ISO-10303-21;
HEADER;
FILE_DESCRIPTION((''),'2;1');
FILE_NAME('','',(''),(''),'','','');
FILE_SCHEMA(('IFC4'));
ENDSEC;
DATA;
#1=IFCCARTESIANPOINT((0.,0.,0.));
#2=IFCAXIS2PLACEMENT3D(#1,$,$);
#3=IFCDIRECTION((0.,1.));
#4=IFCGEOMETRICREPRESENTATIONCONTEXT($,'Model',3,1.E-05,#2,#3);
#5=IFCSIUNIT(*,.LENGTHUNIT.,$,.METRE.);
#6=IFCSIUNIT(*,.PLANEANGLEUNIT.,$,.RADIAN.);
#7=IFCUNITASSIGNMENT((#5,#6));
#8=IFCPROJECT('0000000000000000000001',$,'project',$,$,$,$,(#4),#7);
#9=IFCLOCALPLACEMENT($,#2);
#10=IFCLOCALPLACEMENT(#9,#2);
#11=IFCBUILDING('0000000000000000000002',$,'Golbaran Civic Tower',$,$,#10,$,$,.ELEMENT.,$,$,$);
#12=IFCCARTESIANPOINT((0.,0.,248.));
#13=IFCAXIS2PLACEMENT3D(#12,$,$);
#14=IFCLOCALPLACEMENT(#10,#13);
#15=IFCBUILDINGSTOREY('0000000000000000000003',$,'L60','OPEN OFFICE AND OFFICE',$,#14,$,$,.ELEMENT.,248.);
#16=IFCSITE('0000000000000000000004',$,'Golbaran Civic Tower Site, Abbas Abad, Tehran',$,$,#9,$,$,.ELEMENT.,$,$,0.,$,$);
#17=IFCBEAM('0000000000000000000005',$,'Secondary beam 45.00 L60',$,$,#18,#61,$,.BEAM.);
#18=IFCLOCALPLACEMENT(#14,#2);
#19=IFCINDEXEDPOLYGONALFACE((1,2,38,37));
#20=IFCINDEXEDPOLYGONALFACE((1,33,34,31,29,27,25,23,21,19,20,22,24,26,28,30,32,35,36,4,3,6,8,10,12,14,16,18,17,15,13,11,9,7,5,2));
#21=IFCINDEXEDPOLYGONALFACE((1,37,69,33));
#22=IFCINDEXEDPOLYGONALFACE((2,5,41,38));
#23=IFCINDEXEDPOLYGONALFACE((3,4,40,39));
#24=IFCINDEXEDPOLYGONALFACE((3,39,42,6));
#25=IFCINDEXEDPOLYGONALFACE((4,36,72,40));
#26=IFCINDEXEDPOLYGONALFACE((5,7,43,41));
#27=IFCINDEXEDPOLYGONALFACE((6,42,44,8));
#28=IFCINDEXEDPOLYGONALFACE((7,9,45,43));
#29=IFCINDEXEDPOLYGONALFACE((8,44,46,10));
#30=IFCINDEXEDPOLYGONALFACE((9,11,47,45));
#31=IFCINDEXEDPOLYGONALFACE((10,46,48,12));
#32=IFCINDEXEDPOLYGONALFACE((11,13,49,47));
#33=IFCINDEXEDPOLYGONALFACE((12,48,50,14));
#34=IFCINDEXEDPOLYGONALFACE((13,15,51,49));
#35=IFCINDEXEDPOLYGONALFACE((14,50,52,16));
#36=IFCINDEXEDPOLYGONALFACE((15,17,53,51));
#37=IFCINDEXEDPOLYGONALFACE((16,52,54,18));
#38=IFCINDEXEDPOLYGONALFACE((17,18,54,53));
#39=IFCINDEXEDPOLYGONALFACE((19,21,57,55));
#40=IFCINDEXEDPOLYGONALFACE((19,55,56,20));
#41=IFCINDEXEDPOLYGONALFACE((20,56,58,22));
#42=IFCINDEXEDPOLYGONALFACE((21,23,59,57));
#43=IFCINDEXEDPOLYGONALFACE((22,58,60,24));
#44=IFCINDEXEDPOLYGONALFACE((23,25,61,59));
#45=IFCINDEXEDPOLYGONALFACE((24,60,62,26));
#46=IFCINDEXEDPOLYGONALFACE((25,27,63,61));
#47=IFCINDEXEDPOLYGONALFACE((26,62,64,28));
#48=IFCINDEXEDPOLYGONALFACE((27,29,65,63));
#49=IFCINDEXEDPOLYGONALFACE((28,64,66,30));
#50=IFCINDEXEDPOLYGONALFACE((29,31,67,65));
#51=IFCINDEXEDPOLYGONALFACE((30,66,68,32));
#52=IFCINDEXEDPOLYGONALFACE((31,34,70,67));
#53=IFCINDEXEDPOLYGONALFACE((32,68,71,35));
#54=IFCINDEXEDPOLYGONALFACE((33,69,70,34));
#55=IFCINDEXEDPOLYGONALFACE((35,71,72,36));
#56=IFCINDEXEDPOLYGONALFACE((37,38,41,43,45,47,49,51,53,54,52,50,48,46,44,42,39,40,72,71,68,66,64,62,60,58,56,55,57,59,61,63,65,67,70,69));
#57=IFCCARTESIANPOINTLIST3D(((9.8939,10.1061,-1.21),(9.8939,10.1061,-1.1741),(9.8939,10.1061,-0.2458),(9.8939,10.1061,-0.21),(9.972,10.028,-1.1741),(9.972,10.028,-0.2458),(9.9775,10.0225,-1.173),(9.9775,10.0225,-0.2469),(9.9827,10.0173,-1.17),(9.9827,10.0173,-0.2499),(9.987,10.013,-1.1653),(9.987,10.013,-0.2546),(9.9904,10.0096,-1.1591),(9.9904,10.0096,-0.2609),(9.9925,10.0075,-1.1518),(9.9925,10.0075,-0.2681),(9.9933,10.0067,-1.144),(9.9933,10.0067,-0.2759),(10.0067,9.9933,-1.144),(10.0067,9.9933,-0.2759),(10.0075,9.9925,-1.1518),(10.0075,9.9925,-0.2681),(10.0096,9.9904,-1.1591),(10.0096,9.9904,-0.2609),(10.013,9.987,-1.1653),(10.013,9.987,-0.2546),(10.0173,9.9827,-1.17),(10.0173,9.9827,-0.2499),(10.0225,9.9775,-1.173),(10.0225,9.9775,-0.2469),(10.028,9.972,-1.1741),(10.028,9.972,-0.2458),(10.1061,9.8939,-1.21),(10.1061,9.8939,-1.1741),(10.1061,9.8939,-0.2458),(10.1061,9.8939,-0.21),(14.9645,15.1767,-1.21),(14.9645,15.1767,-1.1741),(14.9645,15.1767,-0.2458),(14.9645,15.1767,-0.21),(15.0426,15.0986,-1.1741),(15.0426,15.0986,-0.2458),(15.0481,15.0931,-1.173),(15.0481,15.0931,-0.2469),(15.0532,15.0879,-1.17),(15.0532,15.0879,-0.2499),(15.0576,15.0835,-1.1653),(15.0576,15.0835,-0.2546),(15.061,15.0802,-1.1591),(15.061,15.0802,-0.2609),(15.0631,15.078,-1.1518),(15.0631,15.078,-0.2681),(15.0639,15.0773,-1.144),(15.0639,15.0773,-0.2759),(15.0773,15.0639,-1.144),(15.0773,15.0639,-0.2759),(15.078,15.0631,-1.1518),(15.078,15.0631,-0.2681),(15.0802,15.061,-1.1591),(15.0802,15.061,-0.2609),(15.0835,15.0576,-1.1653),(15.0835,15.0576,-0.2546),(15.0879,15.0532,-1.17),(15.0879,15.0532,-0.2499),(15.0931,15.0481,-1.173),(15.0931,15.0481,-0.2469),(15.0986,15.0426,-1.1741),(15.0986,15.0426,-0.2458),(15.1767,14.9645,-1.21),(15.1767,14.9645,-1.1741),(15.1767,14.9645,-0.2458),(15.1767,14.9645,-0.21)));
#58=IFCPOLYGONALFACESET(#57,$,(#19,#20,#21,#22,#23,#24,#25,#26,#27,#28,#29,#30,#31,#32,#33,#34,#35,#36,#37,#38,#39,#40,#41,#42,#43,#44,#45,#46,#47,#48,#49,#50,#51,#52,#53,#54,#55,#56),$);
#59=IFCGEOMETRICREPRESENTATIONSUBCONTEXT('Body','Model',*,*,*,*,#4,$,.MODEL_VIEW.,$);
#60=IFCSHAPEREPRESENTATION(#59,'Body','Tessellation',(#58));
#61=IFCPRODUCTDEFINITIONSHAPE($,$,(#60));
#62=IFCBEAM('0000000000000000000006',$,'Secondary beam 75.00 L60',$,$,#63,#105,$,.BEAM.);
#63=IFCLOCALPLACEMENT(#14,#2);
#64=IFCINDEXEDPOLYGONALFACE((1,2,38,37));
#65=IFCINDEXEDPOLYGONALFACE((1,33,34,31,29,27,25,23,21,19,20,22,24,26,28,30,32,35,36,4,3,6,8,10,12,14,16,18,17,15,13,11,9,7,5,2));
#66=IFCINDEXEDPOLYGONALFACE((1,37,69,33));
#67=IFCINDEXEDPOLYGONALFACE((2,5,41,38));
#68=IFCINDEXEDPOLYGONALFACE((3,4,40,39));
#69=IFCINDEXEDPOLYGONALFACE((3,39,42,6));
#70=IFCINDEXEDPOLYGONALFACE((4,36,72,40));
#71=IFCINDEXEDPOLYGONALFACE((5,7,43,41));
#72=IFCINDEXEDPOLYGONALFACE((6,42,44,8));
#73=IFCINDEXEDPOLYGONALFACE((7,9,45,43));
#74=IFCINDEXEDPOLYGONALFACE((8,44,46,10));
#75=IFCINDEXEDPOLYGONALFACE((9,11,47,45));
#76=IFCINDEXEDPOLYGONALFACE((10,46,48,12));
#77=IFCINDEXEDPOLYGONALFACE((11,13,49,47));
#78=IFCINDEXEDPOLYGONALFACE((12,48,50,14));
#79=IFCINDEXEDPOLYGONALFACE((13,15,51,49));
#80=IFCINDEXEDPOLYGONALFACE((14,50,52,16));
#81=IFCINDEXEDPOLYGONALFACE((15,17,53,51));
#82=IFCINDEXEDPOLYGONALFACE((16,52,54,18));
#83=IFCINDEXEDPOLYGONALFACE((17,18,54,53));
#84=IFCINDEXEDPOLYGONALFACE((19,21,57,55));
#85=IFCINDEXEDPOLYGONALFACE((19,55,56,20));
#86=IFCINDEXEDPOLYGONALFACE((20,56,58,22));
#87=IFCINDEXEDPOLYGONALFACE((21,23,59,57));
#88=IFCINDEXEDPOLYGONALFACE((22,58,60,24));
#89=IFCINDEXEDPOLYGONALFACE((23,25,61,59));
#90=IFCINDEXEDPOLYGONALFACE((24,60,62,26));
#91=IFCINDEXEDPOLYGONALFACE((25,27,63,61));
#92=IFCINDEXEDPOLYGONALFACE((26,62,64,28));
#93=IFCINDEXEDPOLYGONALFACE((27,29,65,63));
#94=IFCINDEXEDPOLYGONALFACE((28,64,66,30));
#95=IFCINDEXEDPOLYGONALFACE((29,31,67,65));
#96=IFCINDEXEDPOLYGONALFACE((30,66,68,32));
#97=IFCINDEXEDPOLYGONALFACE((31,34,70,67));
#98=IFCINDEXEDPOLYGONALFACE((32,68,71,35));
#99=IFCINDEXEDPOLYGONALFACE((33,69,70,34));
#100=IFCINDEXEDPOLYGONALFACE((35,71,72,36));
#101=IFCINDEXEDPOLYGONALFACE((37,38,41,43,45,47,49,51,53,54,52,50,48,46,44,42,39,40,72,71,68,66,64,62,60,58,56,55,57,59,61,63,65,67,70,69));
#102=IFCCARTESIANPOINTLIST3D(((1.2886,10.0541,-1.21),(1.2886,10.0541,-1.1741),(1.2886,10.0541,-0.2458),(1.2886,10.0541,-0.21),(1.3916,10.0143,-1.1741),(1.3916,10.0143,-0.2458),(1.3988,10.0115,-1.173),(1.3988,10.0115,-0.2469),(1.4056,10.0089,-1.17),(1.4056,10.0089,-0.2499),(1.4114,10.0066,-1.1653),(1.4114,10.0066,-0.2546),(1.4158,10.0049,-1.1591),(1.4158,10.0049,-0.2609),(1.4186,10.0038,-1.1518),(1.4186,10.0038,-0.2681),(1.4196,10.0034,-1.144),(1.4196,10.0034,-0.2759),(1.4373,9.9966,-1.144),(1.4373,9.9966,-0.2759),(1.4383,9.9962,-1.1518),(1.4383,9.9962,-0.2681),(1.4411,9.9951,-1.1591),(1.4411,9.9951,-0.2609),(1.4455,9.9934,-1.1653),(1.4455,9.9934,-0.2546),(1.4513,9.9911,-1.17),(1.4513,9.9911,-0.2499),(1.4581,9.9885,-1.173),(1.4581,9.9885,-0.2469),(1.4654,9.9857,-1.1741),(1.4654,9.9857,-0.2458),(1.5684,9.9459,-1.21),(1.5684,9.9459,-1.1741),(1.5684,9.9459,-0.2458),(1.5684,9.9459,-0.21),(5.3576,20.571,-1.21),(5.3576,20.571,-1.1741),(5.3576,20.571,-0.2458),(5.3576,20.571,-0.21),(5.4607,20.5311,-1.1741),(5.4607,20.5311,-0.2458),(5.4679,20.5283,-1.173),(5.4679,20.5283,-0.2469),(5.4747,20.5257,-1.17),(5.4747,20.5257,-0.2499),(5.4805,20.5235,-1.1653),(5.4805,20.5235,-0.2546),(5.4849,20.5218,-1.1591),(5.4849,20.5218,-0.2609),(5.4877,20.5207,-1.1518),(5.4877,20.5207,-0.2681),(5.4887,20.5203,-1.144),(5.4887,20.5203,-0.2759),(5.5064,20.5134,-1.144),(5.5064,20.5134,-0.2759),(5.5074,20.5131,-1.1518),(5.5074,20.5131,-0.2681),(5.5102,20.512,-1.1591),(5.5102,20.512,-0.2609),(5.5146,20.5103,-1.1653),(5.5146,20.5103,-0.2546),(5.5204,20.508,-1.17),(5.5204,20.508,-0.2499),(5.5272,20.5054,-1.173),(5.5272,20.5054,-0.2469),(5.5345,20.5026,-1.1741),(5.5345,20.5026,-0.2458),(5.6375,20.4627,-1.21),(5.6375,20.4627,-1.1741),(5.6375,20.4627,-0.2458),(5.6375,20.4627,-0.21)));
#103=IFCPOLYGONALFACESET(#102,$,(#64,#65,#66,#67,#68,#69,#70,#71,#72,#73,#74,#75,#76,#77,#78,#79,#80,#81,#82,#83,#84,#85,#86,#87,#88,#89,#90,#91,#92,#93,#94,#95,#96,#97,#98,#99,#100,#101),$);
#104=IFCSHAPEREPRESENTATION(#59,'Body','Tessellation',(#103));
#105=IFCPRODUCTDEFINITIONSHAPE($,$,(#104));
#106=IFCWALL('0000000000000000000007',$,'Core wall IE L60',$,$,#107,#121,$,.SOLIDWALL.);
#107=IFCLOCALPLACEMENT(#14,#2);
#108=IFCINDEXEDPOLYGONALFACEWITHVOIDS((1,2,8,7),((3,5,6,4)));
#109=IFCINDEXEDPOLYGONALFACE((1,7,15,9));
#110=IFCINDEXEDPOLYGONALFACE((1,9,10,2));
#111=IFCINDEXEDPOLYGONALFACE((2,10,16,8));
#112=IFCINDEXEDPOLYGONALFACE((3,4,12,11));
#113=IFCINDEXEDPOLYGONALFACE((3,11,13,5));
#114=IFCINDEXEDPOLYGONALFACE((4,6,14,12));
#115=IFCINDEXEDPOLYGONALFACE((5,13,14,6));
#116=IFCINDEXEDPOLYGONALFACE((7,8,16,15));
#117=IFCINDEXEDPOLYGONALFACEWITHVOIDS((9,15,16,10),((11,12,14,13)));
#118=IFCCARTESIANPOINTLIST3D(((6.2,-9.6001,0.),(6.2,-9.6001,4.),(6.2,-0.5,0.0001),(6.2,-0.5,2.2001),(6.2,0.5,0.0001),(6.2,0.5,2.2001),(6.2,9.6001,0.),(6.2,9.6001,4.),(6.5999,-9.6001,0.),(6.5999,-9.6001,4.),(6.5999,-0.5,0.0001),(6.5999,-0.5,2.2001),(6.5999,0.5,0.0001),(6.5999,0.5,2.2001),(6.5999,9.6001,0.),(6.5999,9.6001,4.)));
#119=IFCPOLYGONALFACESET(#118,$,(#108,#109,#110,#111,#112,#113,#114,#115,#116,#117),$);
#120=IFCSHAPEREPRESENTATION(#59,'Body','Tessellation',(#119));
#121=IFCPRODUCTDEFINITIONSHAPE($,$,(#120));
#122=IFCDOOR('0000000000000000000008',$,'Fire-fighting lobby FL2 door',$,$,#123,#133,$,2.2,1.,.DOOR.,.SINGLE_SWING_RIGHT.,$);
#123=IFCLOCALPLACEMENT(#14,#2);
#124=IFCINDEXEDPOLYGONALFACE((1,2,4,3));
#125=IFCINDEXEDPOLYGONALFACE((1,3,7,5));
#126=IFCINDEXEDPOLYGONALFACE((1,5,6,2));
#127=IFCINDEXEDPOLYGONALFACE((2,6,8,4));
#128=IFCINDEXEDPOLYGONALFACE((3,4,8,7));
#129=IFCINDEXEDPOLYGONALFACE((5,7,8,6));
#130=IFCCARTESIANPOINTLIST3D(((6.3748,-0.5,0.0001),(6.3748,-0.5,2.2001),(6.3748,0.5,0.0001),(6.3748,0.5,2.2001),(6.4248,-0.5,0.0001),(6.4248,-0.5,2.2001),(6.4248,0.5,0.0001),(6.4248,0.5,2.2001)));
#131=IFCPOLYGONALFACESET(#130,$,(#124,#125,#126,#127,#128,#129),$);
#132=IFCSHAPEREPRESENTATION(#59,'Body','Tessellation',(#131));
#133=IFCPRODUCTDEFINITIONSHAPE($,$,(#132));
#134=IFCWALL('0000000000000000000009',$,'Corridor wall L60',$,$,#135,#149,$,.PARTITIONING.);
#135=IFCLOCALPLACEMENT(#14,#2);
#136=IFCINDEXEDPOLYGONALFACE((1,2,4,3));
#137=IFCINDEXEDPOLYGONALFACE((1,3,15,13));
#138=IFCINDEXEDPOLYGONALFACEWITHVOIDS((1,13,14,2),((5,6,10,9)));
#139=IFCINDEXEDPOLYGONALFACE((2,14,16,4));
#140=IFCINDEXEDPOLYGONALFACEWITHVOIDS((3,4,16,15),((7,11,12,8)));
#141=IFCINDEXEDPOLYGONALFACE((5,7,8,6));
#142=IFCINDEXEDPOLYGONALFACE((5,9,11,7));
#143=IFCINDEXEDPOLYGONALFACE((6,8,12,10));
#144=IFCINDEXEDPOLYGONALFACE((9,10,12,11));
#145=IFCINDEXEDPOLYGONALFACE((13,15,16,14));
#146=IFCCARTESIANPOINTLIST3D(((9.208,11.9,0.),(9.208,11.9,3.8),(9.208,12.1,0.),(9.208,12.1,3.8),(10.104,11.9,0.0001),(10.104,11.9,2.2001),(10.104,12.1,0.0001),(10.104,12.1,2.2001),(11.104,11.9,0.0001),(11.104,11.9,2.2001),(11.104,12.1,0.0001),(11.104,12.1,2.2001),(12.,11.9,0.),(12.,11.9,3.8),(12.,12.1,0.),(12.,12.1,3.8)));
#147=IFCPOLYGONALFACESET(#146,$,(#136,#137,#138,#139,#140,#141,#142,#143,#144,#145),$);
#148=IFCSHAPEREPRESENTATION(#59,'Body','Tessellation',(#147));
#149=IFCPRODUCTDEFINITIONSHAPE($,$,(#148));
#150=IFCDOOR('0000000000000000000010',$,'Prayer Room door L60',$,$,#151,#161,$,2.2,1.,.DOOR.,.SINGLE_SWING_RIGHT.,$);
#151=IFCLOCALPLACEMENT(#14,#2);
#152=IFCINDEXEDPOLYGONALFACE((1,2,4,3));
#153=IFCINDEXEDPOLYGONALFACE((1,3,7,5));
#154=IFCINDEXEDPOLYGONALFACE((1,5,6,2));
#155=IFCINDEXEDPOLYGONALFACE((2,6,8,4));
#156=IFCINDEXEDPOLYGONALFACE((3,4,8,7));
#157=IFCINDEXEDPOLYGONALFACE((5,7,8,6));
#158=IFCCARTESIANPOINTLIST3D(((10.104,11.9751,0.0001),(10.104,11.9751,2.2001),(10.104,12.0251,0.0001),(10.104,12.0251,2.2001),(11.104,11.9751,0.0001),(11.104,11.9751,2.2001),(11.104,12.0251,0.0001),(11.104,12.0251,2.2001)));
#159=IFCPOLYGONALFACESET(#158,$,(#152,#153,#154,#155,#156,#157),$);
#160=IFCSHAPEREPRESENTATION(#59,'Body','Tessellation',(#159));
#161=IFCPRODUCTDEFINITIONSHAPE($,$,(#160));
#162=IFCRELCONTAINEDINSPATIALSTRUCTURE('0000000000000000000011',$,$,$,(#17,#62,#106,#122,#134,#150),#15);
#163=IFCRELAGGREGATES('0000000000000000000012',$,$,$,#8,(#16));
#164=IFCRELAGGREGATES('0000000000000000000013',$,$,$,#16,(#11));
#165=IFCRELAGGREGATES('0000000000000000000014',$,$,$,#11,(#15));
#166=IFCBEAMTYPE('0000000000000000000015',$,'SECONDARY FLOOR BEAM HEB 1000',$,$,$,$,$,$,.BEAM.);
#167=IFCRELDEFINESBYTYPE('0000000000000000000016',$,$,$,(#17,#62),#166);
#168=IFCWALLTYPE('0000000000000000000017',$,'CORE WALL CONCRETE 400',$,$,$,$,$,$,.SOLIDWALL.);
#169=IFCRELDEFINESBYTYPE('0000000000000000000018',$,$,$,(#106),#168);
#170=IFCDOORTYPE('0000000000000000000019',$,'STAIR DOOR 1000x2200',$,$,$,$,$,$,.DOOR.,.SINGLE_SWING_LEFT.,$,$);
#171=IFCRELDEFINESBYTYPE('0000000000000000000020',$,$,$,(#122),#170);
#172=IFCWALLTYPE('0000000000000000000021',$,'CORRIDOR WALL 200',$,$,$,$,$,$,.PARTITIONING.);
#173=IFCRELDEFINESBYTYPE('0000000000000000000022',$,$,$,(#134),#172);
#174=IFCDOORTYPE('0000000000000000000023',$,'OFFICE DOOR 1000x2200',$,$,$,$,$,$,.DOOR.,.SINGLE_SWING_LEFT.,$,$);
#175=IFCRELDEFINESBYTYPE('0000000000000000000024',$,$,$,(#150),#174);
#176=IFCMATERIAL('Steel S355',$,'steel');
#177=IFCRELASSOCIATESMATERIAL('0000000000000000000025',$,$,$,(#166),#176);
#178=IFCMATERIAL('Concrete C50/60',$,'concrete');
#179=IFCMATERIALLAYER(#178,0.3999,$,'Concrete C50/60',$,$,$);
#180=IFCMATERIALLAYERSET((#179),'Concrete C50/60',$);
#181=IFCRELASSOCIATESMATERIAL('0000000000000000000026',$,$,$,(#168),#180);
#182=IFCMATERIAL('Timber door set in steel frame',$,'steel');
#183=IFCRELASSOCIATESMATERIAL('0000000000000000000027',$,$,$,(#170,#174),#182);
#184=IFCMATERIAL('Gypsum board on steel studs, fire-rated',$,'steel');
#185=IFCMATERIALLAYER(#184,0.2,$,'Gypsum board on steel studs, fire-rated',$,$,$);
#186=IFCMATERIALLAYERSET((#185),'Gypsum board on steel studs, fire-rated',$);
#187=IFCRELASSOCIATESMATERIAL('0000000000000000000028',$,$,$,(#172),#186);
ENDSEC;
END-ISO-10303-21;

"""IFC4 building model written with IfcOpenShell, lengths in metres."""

from ifc_helpers import new_model, si_unit, direction, frame, frame_2d, origin, origin_2d, place, context, subcontext, project, spatial, rectangle, i_section, extrude, material, layer, layer_set, material_profile, profile_set, type_object, element, fill, save


model = new_model("IFC4")

# Units and contexts
model_context = context("Model", 3, precision=1e-05, world=origin(), true_north=direction((0.0, 1.0)))
body_context = subcontext(model_context, "Body", "Model", "MODEL_VIEW")
ifc_project = project(units=[si_unit("LENGTHUNIT", "METRE"), si_unit("PLANEANGLEUNIT", "RADIAN")], contexts=[model_context])

# Site, building, storey
site_placement = place(None, origin())
site = spatial("IfcSite", under=ifc_project, at=site_placement, Name="Golbaran Civic Tower Site, Abbas Abad, Tehran", CompositionType="ELEMENT", RefElevation=0.0)
building_placement = place(site_placement, origin())
building = spatial("IfcBuilding", under=site, at=building_placement, Name="Golbaran Civic Tower", CompositionType="ELEMENT")
storey_placement = place(building_placement, frame((0.0, 0.0, 248.0)))
storey = spatial("IfcBuildingStorey", under=building, at=storey_placement, Name="L60", Description="OPEN OFFICE AND OFFICE", CompositionType="ELEMENT", Elevation=248.0)

# Beams
ifc_material_1 = material(Name="Steel S355", Category="steel")
ifc_material_profile_1 = material_profile(ifc_material_1, i_section(OverallWidth=0.3, OverallDepth=1.0, WebThickness=0.019, FlangeThickness=0.0359, FilletRadius=0.03, at=origin_2d()), Name="HEB 1000")
ifc_profile_set_1 = profile_set([ifc_material_profile_1], Name="Steel S355")
beam_type_1 = type_object("IfcBeamType", Name="SECONDARY FLOOR BEAM HEB 1000", PredefinedType="BEAM", material=ifc_profile_set_1)
beam_1_placement = place(storey_placement, frame((10.0, 10.0, -0.71), z_axis=(0.707107, 0.707107, 0.0), x_axis=(-0.707107, 0.707107, 0.0)))
element("IfcBeam", 1, at=beam_1_placement, inside=storey, type_object=beam_type_1, Name="Secondary beam 45.00 L60", PredefinedType="BEAM", context=body_context, shape_type="SweptSolid", body=[
    extrude(i_section(OverallWidth=0.3, OverallDepth=1.0, WebThickness=0.019, FlangeThickness=0.0359, FilletRadius=0.03, at=origin_2d()), origin(), (0.0, 0.0, 1.0), 7.1709),
])
beam_2_placement = place(storey_placement, frame((1.4285, 10.0, -0.71), z_axis=(0.360844, 0.932626, 0.0), x_axis=(-0.932626, 0.360844, 0.0)))
element("IfcBeam", 2, at=beam_2_placement, inside=storey, type_object=beam_type_1, Name="Secondary beam 75.00 L60", PredefinedType="BEAM", context=body_context, shape_type="SweptSolid", body=[
    extrude(i_section(OverallWidth=0.3, OverallDepth=1.0, WebThickness=0.019, FlangeThickness=0.0359, FilletRadius=0.03, at=origin_2d()), origin(), (0.0, 0.0, 1.0), 11.2766),
])

# Walls, openings, doors
ifc_material_2 = material(Name="Concrete C50/60", Category="concrete")
ifc_layer_1 = layer(ifc_material_2, 0.3999, Name="Concrete C50/60")
ifc_layer_set_1 = layer_set([ifc_layer_1], Name="Concrete C50/60")
wall_type_1 = type_object("IfcWallType", Name="CORE WALL CONCRETE 400", PredefinedType="SOLIDWALL", material=ifc_layer_set_1)
wall_1_placement = place(storey_placement, frame((6.3999, 9.6001, 0.0), z_axis=(0.0, 0.0, 1.0), x_axis=(0.0, -1.0, 0.0)))
wall_1 = element("IfcWall", 3, at=wall_1_placement, inside=storey, type_object=wall_type_1, Name="Core wall IE L60", PredefinedType="SOLIDWALL", context=body_context, shape_type="SweptSolid", body=[
    extrude(rectangle(XDim=19.2002, YDim=0.3999, at=frame_2d((9.6001, 0.0))), origin(), (0.0, 0.0, 1.0), 4.0),
])
opening_1_placement = place(wall_1_placement, frame((9.1001, 0.0, 0.0)))
opening_1 = element("IfcOpeningElement", 4, at=opening_1_placement, cuts=wall_1, PredefinedType="OPENING", context=body_context, shape_type="SweptSolid", body=[
    extrude(rectangle(XDim=1.0, YDim=2.2, at=frame_2d((0.5, 1.1001))), frame((0.0, 0.21, 0.0), z_axis=(0.0, -1.0, 0.0), x_axis=(1.0, 0.0, 0.0)), (0.0, 0.0, 1.0), 0.4199),
])
ifc_material_3 = material(Name="Timber door set in steel frame", Category="steel")
door_type_1 = type_object("IfcDoorType", Name="STAIR DOOR 1000x2200", OperationType="SINGLE_SWING_LEFT", PredefinedType="DOOR", material=ifc_material_3)
door_1_placement = place(opening_1_placement, origin())
door_1 = element("IfcDoor", 5, at=door_1_placement, inside=storey, type_object=door_type_1, Name="Fire-fighting lobby FL2 door", OperationType="SINGLE_SWING_RIGHT", OverallHeight=2.2, OverallWidth=1.0, PredefinedType="DOOR", context=body_context, shape_type="SweptSolid", body=[
    extrude(rectangle(XDim=1.0, YDim=2.2, at=frame_2d((0.5, 1.1001))), frame((0.0, 0.0249, 0.0), z_axis=(0.0, -1.0, 0.0), x_axis=(1.0, 0.0, 0.0)), (0.0, 0.0, 1.0), 0.05),
])
fill(opening_1, door_1)
ifc_material_4 = material(Name="Gypsum board on steel studs, fire-rated", Category="steel")
ifc_layer_2 = layer(ifc_material_4, 0.2, Name="Gypsum board on steel studs, fire-rated")
ifc_layer_set_2 = layer_set([ifc_layer_2], Name="Gypsum board on steel studs, fire-rated")
wall_type_2 = type_object("IfcWallType", Name="CORRIDOR WALL 200", PredefinedType="PARTITIONING", material=ifc_layer_set_2)
wall_2_placement = place(storey_placement, frame((12.0, 12.0, 0.0), z_axis=(0.0, 0.0, 1.0), x_axis=(-1.0, 0.0, 0.0)))
wall_2 = element("IfcWall", 6, at=wall_2_placement, inside=storey, type_object=wall_type_2, Name="Corridor wall L60", PredefinedType="PARTITIONING", context=body_context, shape_type="SweptSolid", body=[
    extrude(rectangle(XDim=2.792, YDim=0.2, at=frame_2d((1.396, 0.0))), origin(), (0.0, 0.0, 1.0), 3.8),
])
opening_2_placement = place(wall_2_placement, frame((0.896, 0.0, 0.0)))
opening_2 = element("IfcOpeningElement", 7, at=opening_2_placement, cuts=wall_2, PredefinedType="OPENING", context=body_context, shape_type="SweptSolid", body=[
    extrude(rectangle(XDim=1.0, YDim=2.2, at=frame_2d((0.5, 1.1001))), frame((0.0, 0.1099, 0.0), z_axis=(0.0, -1.0, 0.0), x_axis=(1.0, 0.0, 0.0)), (0.0, 0.0, 1.0), 0.22),
])
door_type_2 = type_object("IfcDoorType", Name="OFFICE DOOR 1000x2200", OperationType="SINGLE_SWING_LEFT", PredefinedType="DOOR", material=ifc_material_3)
door_2_placement = place(opening_2_placement, origin())
door_2 = element("IfcDoor", 8, at=door_2_placement, inside=storey, type_object=door_type_2, Name="Prayer Room door L60", OperationType="SINGLE_SWING_RIGHT", OverallHeight=2.2, OverallWidth=1.0, PredefinedType="DOOR", context=body_context, shape_type="SweptSolid", body=[
    extrude(rectangle(XDim=1.0, YDim=2.2, at=frame_2d((0.5, 1.1001))), frame((0.0, 0.0249, 0.0), z_axis=(0.0, -1.0, 0.0), x_axis=(1.0, 0.0, 0.0)), (0.0, 0.0, 1.0), 0.05),
])
fill(opening_2, door_2)

save(model, "model.ifc")
